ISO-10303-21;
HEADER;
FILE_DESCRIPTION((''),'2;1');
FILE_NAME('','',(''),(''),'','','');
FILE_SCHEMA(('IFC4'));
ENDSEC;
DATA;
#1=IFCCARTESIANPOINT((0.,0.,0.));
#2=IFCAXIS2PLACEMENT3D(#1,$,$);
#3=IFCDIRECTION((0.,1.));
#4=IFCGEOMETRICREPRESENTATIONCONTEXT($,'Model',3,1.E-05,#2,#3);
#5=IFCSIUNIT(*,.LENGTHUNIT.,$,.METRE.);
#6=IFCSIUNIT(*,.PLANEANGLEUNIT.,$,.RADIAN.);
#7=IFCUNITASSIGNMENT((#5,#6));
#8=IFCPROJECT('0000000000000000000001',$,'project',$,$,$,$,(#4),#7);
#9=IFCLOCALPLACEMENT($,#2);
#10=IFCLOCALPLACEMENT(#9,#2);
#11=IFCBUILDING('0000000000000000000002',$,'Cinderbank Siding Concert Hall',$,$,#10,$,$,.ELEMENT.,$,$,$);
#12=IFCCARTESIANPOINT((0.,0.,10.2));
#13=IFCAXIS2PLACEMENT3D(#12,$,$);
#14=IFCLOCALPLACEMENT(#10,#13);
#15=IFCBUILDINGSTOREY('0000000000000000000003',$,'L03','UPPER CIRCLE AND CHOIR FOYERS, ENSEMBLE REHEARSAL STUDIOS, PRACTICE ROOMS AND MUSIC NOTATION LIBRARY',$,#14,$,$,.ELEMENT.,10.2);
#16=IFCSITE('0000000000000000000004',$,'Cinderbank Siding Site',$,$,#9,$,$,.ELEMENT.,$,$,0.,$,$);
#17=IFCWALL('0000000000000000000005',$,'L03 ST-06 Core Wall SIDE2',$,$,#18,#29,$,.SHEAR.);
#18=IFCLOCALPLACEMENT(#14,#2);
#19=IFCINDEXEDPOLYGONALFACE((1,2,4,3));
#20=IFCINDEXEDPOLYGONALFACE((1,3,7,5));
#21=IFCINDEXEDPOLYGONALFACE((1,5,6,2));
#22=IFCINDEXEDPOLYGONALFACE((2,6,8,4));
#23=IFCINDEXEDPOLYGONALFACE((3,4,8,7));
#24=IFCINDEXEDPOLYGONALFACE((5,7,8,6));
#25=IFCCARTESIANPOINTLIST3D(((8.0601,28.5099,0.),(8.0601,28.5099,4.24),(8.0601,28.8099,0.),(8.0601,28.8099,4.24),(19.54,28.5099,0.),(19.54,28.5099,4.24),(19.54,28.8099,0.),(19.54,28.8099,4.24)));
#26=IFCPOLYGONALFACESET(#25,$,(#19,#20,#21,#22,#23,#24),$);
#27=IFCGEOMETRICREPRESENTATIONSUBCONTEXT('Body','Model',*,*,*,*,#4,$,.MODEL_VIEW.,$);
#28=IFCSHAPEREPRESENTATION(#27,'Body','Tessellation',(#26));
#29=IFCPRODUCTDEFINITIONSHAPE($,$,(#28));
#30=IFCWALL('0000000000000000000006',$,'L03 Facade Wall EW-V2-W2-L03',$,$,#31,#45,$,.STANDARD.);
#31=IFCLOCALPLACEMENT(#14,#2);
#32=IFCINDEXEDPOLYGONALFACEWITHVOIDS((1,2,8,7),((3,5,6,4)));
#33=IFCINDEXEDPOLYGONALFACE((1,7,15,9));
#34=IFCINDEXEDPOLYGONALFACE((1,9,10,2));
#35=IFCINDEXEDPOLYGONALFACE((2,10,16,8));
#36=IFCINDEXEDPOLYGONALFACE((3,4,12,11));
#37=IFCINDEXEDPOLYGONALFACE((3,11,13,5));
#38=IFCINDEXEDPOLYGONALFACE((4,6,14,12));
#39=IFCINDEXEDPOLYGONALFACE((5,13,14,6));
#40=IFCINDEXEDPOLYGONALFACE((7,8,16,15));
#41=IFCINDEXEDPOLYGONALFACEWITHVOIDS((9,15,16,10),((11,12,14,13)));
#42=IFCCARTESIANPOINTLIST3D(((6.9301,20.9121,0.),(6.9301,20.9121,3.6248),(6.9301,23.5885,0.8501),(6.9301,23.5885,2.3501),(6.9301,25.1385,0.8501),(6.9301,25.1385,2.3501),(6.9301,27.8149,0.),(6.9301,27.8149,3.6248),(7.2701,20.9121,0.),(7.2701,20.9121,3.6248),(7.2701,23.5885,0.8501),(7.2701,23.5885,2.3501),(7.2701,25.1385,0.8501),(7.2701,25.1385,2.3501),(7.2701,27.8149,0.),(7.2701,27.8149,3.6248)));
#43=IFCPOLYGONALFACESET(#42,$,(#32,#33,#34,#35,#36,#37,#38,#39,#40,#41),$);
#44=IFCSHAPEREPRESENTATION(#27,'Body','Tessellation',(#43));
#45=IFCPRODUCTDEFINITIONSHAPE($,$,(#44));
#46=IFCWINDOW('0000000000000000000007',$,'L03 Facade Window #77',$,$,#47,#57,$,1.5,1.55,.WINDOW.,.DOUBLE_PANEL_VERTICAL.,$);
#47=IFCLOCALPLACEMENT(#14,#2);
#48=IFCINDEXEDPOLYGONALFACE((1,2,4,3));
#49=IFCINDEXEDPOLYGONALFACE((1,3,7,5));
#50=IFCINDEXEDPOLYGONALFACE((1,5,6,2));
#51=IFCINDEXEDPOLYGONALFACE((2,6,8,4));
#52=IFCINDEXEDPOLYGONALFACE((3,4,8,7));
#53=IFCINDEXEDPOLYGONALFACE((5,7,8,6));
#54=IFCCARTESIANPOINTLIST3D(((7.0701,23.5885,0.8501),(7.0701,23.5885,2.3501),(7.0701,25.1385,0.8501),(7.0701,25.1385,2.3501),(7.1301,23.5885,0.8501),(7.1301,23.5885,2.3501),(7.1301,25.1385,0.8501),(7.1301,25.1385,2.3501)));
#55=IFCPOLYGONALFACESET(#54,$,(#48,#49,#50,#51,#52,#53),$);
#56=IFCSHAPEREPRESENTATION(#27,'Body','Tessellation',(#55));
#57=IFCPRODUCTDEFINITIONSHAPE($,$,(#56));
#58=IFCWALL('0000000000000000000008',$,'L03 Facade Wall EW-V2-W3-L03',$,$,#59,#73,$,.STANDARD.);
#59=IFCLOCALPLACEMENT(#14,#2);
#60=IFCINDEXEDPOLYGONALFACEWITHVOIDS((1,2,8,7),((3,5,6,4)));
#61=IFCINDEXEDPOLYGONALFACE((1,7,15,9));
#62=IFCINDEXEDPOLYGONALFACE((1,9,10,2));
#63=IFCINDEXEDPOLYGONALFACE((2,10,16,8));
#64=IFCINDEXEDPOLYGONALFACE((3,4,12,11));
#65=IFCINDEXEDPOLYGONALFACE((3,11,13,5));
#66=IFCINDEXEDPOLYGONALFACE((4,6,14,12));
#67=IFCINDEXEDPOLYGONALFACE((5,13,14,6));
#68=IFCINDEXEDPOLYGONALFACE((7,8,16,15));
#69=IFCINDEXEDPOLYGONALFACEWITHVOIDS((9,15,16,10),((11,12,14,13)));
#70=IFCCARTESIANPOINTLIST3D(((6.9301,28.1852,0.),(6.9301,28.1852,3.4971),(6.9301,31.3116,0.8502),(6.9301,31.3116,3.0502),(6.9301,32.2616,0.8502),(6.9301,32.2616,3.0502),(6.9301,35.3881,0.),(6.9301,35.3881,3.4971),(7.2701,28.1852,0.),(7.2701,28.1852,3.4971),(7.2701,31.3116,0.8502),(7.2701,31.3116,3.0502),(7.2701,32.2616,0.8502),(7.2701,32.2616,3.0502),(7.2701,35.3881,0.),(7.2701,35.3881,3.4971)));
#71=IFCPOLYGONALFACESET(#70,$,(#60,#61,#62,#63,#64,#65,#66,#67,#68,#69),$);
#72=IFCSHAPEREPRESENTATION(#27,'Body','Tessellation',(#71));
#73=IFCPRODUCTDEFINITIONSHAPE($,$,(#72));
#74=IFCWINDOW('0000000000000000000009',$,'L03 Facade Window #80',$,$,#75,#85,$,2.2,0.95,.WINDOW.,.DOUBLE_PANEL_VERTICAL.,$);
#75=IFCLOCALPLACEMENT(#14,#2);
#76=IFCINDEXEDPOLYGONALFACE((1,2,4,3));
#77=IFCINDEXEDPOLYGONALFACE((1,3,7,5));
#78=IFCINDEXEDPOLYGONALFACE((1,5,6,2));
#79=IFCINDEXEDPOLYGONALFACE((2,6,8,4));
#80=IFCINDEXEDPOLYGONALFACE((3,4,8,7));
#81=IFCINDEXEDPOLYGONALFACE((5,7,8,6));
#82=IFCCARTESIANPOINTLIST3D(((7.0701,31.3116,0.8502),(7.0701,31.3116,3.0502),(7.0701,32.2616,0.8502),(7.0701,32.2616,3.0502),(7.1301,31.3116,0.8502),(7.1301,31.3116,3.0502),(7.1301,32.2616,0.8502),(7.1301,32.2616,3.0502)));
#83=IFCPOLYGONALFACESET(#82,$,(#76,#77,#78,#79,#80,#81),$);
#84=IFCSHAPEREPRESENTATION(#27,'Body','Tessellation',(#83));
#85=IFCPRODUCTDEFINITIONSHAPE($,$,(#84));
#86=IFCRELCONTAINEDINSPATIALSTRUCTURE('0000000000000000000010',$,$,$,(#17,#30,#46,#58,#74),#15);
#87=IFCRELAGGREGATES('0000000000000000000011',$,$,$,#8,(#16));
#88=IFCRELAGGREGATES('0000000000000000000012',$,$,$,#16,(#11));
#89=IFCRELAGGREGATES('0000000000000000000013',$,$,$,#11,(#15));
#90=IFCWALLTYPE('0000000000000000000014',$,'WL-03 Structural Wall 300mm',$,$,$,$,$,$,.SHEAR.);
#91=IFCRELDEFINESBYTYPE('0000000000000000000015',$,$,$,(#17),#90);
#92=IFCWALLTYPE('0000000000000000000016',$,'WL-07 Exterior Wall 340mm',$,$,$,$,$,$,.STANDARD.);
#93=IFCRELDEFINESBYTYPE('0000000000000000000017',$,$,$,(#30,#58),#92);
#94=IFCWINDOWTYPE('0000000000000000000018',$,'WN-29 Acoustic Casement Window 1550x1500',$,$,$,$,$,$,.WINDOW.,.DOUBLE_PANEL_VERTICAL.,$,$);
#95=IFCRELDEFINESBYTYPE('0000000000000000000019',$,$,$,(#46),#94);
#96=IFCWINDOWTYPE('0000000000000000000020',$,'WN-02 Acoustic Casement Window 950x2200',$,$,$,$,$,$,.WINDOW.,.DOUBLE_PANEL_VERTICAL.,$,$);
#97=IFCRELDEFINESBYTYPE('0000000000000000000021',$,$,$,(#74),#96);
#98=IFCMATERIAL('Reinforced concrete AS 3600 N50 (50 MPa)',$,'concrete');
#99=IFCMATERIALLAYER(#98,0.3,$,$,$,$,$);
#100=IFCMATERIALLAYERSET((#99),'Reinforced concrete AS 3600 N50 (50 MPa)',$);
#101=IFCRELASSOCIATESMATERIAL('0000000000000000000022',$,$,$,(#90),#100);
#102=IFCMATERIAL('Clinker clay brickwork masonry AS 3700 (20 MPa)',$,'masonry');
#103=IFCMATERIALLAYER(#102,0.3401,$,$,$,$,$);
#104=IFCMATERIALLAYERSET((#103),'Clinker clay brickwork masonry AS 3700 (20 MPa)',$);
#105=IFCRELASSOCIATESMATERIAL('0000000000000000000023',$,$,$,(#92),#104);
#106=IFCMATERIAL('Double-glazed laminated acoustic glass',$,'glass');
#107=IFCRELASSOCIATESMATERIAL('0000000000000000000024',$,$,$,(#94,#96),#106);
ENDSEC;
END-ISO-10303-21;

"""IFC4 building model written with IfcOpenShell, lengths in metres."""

from ifc_helpers import new_model, si_unit, direction, frame, frame_2d, origin, place, context, subcontext, project, spatial, rectangle, extrude, material, layer, layer_set, type_object, element, fill, save


model = new_model("IFC4")

# Units and contexts
model_context = context("Model", 3, precision=1e-05, world=origin(), true_north=direction((0.0, 1.0)))
body_context = subcontext(model_context, "Body", "Model", "MODEL_VIEW")
ifc_project = project(units=[si_unit("LENGTHUNIT", "METRE"), si_unit("PLANEANGLEUNIT", "RADIAN")], contexts=[model_context])

# Site, building, storey
site_placement = place(None, origin())
site = spatial("IfcSite", under=ifc_project, at=site_placement, Name="Cinderbank Siding Site", CompositionType="ELEMENT", RefElevation=0.0)
building_placement = place(site_placement, origin())
building = spatial("IfcBuilding", under=site, at=building_placement, Name="Cinderbank Siding Concert Hall", CompositionType="ELEMENT")
storey_placement = place(building_placement, frame((0.0, 0.0, 10.2)))
storey = spatial("IfcBuildingStorey", under=building, at=storey_placement, Name="L03", Description="UPPER CIRCLE AND CHOIR FOYERS, ENSEMBLE REHEARSAL STUDIOS, PRACTICE ROOMS AND MUSIC NOTATION LIBRARY", CompositionType="ELEMENT", Elevation=10.2)

# Shared definitions
ifc_material_1 = material(Name="Reinforced concrete AS 3600 N50 (50 MPa)", Category="concrete")

# Wall
ifc_layer_1 = layer(ifc_material_1, 0.3)
ifc_layer_set_1 = layer_set([ifc_layer_1], Name="Reinforced concrete AS 3600 N50 (50 MPa)")
wall_type_1 = type_object("IfcWallType", Name="WL-03 Structural Wall 300mm", PredefinedType="SHEAR", material=ifc_layer_set_1)
wall_1_placement = place(storey_placement, frame((19.54, 28.6599, 0.0), z_axis=(0.0, 0.0, 1.0), x_axis=(-1.0, 0.0, 0.0)))
element("IfcWall", 1, at=wall_1_placement, inside=storey, type_object=wall_type_1, Name="L03 ST-06 Core Wall SIDE2", PredefinedType="SHEAR", context=body_context, shape_type="SweptSolid", body=[
    extrude(rectangle(XDim=11.48, YDim=0.3, at=frame_2d((5.74, 0.0))), origin(), (0.0, 0.0, 1.0), 4.24),
])

# Walls, openings, windows
ifc_material_2 = material(Name="Clinker clay brickwork masonry AS 3700 (20 MPa)", Category="masonry")
ifc_layer_2 = layer(ifc_material_2, 0.3401)
ifc_layer_set_2 = layer_set([ifc_layer_2], Name="Clinker clay brickwork masonry AS 3700 (20 MPa)")
wall_type_2 = type_object("IfcWallType", Name="WL-07 Exterior Wall 340mm", PredefinedType="STANDARD", material=ifc_layer_set_2)
wall_2_placement = place(storey_placement, frame((7.1001, 20.9121, 0.0), z_axis=(0.0, 0.0, 1.0), x_axis=(0.0, 1.0, 0.0)))
wall_2 = element("IfcWall", 2, at=wall_2_placement, inside=storey, type_object=wall_type_2, Name="L03 Facade Wall EW-V2-W2-L03", PredefinedType="STANDARD", context=body_context, shape_type="SweptSolid", body=[
    extrude(rectangle(XDim=6.9028, YDim=0.3401, at=frame_2d((3.4514, 0.0))), origin(), (0.0, 0.0, 1.0), 3.6248),
])
opening_1_placement = place(wall_2_placement, frame((2.6765, 0.0, 0.8501)))
opening_1 = element("IfcOpeningElement", 3, at=opening_1_placement, cuts=wall_2, PredefinedType="OPENING", context=body_context, shape_type="SweptSolid", body=[
    extrude(rectangle(XDim=1.55, YDim=1.5, at=frame_2d((0.7749, 0.75))), frame((0.0, 0.1821, 0.0), z_axis=(0.0, -1.0, 0.0), x_axis=(1.0, 0.0, 0.0)), (0.0, 0.0, 1.0), 0.364),
])
ifc_material_3 = material(Name="Double-glazed laminated acoustic glass", Category="glass")
window_type_1 = type_object("IfcWindowType", Name="WN-29 Acoustic Casement Window 1550x1500", PartitioningType="DOUBLE_PANEL_VERTICAL", PredefinedType="WINDOW", material=ifc_material_3)
window_1_placement = place(opening_1_placement, origin())
window_1 = element("IfcWindow", 4, at=window_1_placement, inside=storey, type_object=window_type_1, Name="L03 Facade Window #77", OverallHeight=1.5, OverallWidth=1.55, PartitioningType="DOUBLE_PANEL_VERTICAL", PredefinedType="WINDOW", context=body_context, shape_type="SweptSolid", body=[
    extrude(rectangle(XDim=1.55, YDim=1.5, at=frame_2d((0.7749, 0.75))), frame((0.0, 0.03, 0.0), z_axis=(0.0, -1.0, 0.0), x_axis=(1.0, 0.0, 0.0)), (0.0, 0.0, 1.0), 0.0601),
])
fill(opening_1, window_1)
wall_3_placement = place(storey_placement, frame((7.1001, 28.1851, 0.0), z_axis=(0.0, 0.0, 1.0), x_axis=(0.0, 1.0, 0.0)))
wall_3 = element("IfcWall", 5, at=wall_3_placement, inside=storey, type_object=wall_type_2, Name="L03 Facade Wall EW-V2-W3-L03", PredefinedType="STANDARD", context=body_context, shape_type="SweptSolid", body=[
    extrude(rectangle(XDim=7.2029, YDim=0.3401, at=frame_2d((3.6016, 0.0))), origin(), (0.0, 0.0, 1.0), 3.4971),
])
opening_2_placement = place(wall_3_placement, frame((3.1265, 0.0, 0.8501)))
opening_2 = element("IfcOpeningElement", 6, at=opening_2_placement, cuts=wall_3, PredefinedType="OPENING", context=body_context, shape_type="SweptSolid", body=[
    extrude(rectangle(XDim=0.95, YDim=2.2, at=frame_2d((0.4751, 1.1001))), frame((0.0, 0.1821, 0.0), z_axis=(0.0, -1.0, 0.0), x_axis=(1.0, 0.0, 0.0)), (0.0, 0.0, 1.0), 0.364),
])
window_type_2 = type_object("IfcWindowType", Name="WN-02 Acoustic Casement Window 950x2200", PartitioningType="DOUBLE_PANEL_VERTICAL", PredefinedType="WINDOW", material=ifc_material_3)
window_2_placement = place(opening_2_placement, origin())
window_2 = element("IfcWindow", 7, at=window_2_placement, inside=storey, type_object=window_type_2, Name="L03 Facade Window #80", OverallHeight=2.2, OverallWidth=0.95, PartitioningType="DOUBLE_PANEL_VERTICAL", PredefinedType="WINDOW", context=body_context, shape_type="SweptSolid", body=[
    extrude(rectangle(XDim=0.95, YDim=2.2, at=frame_2d((0.4751, 1.1001))), frame((0.0, 0.03, 0.0), z_axis=(0.0, -1.0, 0.0), x_axis=(1.0, 0.0, 0.0)), (0.0, 0.0, 1.0), 0.0601),
])
fill(opening_2, window_2)

save(model, "model.ifc")
